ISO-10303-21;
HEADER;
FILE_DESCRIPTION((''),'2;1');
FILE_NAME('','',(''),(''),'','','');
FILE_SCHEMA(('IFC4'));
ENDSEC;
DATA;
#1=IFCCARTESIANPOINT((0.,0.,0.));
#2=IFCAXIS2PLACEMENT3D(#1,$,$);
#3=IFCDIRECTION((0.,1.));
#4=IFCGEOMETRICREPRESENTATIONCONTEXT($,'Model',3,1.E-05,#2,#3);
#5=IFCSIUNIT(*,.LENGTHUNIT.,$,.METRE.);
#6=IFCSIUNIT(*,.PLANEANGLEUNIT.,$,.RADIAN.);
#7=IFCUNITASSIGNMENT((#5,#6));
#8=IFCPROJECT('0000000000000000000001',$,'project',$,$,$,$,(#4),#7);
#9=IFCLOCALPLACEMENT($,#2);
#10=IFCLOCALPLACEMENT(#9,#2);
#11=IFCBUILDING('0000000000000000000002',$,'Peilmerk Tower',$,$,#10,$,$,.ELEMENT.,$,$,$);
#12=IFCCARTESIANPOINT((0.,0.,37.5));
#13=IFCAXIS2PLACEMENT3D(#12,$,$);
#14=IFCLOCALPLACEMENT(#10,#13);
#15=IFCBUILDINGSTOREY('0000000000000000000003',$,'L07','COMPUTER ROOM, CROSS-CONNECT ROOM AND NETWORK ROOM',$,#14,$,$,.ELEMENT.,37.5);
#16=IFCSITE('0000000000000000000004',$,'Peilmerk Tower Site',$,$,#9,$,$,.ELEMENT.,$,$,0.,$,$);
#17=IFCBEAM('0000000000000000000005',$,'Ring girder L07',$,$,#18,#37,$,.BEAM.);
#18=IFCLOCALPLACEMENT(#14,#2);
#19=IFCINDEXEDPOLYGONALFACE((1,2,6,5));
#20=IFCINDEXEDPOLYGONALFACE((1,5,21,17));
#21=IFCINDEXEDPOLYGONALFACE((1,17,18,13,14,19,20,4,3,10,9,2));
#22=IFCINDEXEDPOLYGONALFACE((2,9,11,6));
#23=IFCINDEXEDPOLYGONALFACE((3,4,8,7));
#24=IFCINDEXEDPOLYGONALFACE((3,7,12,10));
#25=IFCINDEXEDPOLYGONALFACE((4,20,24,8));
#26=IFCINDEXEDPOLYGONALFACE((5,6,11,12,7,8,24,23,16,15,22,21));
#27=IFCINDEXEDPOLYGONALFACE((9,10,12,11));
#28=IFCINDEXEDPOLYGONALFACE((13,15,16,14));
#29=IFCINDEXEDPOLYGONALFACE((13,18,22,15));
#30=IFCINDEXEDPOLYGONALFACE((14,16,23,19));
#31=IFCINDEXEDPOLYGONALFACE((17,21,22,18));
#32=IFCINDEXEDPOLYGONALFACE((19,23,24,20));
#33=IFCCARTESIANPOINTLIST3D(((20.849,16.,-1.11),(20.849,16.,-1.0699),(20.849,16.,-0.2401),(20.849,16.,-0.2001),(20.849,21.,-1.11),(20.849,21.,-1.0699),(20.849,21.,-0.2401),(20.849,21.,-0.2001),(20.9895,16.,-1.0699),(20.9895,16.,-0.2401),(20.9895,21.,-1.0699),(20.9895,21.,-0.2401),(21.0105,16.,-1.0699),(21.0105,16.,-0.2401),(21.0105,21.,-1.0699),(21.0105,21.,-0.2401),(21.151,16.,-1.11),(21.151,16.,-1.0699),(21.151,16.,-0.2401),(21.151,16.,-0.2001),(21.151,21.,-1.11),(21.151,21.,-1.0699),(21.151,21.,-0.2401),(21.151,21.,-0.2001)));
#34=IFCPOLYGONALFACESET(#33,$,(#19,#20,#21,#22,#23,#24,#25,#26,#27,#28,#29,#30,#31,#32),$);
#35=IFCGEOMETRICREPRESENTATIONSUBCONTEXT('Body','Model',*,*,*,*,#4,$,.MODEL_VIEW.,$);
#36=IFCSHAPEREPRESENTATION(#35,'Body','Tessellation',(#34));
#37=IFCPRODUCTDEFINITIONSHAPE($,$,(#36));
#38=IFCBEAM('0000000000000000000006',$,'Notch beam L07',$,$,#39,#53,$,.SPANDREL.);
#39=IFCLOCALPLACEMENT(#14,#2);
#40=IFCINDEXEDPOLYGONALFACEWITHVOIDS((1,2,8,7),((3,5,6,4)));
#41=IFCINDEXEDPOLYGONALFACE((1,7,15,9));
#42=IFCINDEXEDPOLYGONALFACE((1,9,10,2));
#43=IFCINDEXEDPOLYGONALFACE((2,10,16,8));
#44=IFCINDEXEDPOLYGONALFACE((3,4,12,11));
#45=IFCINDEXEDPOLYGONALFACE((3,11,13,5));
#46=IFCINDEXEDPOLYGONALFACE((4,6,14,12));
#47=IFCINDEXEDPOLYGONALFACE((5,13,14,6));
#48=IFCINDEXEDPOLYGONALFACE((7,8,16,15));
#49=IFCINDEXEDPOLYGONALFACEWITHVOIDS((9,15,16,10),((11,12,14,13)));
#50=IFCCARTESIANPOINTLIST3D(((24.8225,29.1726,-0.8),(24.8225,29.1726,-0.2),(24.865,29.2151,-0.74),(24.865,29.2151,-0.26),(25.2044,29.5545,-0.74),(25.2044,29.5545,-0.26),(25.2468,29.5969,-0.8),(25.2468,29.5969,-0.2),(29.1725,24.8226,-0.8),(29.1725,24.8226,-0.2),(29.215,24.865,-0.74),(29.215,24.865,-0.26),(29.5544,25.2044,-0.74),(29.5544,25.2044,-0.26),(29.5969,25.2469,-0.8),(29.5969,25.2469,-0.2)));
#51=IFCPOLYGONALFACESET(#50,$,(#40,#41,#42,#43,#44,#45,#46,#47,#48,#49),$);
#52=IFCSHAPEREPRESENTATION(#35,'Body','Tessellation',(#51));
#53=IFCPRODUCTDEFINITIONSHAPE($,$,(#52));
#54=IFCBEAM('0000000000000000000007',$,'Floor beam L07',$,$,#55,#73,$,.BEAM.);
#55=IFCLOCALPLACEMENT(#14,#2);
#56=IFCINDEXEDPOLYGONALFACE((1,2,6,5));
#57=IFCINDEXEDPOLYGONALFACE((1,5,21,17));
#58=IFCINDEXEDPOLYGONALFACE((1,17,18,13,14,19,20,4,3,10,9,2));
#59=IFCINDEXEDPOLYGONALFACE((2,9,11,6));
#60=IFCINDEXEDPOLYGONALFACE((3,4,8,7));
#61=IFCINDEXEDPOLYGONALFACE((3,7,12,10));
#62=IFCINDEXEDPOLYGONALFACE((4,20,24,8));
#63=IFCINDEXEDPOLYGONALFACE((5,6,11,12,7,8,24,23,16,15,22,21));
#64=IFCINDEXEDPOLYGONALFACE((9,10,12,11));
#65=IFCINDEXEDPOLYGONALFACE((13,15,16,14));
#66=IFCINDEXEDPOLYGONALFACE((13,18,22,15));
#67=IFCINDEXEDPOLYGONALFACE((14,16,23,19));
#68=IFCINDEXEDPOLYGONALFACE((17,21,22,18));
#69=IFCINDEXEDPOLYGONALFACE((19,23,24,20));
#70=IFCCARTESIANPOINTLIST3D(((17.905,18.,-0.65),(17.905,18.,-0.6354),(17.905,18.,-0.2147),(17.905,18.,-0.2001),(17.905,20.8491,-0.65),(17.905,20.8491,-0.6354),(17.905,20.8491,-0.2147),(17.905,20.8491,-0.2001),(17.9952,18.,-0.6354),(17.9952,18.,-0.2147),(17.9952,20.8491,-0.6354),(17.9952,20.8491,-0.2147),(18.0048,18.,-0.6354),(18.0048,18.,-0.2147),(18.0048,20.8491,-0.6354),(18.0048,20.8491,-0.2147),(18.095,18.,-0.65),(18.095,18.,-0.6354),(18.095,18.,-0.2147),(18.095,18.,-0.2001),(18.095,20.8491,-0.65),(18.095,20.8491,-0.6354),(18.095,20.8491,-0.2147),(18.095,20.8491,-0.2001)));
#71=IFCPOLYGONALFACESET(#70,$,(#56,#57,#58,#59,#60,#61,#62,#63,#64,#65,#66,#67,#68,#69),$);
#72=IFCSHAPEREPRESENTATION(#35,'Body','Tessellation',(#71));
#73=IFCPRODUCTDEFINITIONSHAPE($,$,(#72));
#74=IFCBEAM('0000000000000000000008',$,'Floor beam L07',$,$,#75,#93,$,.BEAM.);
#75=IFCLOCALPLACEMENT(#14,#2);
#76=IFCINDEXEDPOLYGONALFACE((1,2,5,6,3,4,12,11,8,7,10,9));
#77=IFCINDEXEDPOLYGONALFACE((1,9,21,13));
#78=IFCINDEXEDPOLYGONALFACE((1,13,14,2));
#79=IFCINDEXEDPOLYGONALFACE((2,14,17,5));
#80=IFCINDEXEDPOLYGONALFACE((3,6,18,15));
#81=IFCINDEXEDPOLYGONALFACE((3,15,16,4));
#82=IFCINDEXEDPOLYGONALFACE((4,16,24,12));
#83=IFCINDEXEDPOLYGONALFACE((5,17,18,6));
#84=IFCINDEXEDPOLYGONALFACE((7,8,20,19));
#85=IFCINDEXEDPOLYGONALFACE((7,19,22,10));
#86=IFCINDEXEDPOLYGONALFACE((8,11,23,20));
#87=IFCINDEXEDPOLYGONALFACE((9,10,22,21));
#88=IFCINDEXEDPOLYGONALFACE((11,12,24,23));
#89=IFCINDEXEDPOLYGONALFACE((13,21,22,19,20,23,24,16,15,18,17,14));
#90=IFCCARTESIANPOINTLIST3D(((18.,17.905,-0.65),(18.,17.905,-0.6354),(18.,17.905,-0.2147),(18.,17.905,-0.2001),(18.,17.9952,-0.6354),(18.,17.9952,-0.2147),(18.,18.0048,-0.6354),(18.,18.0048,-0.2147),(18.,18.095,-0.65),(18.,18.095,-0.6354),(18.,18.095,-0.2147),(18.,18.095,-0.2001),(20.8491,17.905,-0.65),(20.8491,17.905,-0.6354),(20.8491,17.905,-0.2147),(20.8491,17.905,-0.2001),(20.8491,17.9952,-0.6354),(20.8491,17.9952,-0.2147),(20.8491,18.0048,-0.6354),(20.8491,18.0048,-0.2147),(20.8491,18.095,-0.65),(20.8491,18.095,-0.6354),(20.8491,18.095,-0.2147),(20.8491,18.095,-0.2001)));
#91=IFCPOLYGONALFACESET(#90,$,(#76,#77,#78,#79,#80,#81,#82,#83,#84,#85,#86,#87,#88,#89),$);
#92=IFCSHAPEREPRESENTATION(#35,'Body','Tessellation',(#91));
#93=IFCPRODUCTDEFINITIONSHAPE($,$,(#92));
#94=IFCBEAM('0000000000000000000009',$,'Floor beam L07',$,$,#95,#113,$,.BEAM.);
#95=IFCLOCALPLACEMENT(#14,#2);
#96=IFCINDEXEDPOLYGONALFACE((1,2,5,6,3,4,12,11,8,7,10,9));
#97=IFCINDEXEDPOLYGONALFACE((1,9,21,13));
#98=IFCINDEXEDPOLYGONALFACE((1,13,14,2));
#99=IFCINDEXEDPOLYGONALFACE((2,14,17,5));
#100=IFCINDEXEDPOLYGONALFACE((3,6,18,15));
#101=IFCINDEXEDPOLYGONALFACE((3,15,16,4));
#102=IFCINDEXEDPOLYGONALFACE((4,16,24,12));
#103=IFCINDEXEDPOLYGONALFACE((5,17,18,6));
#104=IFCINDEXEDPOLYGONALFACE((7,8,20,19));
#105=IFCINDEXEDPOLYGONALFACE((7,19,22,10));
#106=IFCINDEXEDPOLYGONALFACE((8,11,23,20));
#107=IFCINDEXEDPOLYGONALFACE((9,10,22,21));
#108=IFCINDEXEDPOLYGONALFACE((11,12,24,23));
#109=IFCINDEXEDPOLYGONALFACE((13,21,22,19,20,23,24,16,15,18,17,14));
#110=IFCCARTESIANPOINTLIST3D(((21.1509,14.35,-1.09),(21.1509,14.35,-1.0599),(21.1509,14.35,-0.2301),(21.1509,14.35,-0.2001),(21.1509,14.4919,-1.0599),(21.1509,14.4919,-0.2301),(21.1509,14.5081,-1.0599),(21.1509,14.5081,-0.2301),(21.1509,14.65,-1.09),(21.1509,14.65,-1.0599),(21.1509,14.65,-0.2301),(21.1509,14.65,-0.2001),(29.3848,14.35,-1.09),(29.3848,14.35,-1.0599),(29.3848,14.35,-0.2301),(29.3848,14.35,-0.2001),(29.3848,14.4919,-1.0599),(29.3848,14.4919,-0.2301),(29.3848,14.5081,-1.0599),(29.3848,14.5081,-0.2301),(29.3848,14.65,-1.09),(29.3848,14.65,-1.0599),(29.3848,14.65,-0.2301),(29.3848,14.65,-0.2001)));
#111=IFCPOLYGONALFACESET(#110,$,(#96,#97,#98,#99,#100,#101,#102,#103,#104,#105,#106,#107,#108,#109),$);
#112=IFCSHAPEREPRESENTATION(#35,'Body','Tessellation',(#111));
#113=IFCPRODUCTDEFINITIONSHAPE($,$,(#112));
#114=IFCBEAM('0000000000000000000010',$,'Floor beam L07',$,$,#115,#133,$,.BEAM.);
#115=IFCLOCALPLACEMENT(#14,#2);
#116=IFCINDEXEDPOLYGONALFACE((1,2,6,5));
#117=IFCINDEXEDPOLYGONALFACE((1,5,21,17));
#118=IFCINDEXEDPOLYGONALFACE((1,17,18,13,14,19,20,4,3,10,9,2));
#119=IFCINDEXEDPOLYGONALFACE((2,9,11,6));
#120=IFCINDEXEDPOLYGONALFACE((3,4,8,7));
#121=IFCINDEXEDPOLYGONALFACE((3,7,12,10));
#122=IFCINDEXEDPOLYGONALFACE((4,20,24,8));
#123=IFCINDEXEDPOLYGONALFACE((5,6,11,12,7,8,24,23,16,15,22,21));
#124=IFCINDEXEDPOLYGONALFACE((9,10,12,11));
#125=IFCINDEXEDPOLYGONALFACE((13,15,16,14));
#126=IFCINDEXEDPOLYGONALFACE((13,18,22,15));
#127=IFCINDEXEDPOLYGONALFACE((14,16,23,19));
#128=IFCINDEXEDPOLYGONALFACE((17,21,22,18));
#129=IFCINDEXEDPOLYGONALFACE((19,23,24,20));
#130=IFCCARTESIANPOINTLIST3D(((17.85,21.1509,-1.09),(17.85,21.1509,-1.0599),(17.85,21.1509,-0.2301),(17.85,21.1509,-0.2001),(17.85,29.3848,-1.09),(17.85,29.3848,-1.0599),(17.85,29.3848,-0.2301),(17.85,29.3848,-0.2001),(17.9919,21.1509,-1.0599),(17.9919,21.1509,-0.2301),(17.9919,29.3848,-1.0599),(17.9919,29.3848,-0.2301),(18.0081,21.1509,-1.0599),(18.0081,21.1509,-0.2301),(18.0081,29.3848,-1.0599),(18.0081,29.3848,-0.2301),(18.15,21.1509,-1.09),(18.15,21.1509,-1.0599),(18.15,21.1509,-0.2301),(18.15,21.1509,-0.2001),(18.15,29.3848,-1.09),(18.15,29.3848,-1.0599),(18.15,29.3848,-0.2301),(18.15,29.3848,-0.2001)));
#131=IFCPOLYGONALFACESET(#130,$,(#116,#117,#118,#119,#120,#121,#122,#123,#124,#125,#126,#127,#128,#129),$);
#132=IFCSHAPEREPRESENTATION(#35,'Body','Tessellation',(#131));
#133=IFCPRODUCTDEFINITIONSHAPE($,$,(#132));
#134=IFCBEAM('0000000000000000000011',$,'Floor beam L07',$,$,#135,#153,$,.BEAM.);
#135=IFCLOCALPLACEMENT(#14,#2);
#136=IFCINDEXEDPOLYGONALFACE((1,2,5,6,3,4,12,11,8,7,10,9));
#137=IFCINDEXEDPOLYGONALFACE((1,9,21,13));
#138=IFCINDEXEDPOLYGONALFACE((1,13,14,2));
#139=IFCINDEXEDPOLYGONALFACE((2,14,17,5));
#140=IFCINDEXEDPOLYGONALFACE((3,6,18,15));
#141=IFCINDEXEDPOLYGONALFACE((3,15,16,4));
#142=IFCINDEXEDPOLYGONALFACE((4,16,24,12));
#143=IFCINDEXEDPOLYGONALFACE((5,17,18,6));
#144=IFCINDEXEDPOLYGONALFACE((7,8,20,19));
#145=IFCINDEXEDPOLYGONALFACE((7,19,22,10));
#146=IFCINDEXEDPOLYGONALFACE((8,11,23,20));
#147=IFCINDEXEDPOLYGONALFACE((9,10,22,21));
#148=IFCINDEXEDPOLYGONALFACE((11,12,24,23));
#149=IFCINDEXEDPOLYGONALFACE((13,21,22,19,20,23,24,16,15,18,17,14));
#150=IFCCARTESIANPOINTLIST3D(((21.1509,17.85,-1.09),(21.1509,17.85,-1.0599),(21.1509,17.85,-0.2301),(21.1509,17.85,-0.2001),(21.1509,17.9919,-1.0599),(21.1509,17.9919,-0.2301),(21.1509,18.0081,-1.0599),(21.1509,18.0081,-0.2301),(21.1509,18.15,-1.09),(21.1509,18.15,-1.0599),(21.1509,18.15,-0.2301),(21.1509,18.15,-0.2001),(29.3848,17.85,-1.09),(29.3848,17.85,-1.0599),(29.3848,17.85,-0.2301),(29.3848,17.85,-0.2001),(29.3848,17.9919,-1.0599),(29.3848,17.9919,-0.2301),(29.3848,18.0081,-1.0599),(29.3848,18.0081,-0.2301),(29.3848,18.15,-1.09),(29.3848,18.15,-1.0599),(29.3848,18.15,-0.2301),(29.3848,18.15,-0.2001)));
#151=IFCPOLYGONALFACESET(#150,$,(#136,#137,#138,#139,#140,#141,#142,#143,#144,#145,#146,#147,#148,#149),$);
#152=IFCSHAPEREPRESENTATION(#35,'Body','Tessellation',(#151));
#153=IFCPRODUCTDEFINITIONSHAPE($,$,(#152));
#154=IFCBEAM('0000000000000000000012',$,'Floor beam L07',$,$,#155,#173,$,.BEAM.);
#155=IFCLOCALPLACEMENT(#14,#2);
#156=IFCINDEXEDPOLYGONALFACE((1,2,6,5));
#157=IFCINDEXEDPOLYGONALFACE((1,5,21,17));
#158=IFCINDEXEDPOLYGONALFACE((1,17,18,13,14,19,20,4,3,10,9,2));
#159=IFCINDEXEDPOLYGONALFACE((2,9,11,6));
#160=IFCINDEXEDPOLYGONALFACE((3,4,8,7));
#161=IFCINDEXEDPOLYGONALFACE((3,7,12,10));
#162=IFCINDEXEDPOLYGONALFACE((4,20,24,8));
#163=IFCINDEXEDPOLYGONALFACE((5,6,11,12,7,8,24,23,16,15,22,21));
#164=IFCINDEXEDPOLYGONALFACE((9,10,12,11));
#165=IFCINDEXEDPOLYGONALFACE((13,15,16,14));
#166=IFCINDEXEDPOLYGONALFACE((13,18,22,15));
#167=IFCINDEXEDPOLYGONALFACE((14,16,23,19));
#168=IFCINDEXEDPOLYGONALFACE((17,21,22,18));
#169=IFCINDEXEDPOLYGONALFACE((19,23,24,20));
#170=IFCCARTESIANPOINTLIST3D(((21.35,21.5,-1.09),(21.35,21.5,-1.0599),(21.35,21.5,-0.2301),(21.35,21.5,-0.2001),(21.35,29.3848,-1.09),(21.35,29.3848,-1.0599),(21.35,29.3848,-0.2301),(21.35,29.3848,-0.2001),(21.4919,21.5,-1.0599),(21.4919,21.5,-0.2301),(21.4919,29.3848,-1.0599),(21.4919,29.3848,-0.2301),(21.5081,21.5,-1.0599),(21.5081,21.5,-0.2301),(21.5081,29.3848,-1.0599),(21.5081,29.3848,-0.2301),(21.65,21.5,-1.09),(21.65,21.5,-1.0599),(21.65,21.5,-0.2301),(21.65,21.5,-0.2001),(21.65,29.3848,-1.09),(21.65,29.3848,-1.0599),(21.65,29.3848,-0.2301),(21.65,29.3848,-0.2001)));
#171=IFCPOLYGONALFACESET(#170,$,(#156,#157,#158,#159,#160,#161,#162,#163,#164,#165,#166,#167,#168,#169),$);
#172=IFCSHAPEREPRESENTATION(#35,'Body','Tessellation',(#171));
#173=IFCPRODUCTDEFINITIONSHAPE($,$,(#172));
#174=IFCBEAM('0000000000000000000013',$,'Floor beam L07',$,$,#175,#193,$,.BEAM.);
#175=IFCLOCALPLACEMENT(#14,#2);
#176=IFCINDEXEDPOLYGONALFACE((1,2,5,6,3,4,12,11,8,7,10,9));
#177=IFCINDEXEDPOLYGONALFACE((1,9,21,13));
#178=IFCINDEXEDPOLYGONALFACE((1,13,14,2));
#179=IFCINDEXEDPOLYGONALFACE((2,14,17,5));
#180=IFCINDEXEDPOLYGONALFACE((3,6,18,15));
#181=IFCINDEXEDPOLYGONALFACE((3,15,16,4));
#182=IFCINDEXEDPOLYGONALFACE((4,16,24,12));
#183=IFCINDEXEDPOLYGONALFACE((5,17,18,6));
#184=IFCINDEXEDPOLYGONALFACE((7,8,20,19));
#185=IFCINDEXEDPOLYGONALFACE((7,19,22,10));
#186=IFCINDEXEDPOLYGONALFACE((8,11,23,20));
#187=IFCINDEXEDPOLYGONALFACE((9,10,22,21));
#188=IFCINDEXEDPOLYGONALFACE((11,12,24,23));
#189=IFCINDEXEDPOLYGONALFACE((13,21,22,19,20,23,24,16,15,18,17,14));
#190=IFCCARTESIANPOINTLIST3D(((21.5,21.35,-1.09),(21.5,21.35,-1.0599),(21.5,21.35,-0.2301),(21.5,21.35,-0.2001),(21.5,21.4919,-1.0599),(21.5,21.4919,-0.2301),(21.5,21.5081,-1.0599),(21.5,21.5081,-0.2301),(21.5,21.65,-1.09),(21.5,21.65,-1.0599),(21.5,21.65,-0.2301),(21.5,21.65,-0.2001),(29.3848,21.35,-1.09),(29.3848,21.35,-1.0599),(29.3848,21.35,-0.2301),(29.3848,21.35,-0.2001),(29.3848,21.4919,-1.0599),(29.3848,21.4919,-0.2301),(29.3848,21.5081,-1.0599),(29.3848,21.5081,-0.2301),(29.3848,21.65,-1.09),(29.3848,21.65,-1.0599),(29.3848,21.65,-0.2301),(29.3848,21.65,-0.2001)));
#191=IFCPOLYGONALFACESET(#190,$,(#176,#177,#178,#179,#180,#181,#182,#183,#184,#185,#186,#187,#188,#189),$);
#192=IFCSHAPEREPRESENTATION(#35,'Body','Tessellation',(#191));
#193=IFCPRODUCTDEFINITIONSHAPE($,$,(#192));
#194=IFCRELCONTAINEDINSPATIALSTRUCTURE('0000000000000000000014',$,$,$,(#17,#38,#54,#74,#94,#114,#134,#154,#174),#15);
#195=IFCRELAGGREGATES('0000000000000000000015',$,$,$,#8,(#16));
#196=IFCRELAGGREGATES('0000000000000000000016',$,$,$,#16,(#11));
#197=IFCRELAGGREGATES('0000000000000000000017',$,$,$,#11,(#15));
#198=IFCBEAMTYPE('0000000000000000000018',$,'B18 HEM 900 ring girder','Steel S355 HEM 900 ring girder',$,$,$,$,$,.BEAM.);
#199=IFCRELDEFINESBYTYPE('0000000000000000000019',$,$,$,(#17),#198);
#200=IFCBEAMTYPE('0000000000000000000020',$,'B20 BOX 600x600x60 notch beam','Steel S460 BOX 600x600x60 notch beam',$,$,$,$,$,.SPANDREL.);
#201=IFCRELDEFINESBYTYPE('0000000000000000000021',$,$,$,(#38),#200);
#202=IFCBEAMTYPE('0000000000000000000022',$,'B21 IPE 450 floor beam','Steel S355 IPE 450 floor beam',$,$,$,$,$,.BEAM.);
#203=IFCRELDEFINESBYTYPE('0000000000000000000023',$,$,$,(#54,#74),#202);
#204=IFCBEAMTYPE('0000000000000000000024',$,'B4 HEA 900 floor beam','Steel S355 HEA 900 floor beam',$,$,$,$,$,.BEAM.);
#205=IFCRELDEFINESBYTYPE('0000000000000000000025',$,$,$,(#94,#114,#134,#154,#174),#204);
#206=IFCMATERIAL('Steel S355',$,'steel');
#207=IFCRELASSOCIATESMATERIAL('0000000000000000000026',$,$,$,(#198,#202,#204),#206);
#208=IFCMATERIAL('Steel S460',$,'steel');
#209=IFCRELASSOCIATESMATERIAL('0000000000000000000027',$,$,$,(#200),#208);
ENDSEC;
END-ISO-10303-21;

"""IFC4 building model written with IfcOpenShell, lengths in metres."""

from ifc_helpers import new_model, si_unit, direction, frame, origin, origin_2d, place, context, subcontext, project, spatial, hollow_rectangle, i_section, extrude, material, material_profile, profile_set, type_object, element, save


model = new_model("IFC4")

# Units and contexts
model_context = context("Model", 3, precision=1e-05, world=origin(), true_north=direction((0.0, 1.0)))
body_context = subcontext(model_context, "Body", "Model", "MODEL_VIEW")
ifc_project = project(units=[si_unit("LENGTHUNIT", "METRE"), si_unit("PLANEANGLEUNIT", "RADIAN")], contexts=[model_context])

# Site, building, storey
site_placement = place(None, origin())
site = spatial("IfcSite", under=ifc_project, at=site_placement, Name="Peilmerk Tower Site", CompositionType="ELEMENT", RefElevation=0.0)
building_placement = place(site_placement, origin())
building = spatial("IfcBuilding", under=site, at=building_placement, Name="Peilmerk Tower", CompositionType="ELEMENT")
storey_placement = place(building_placement, frame((0.0, 0.0, 37.5)))
storey = spatial("IfcBuildingStorey", under=building, at=storey_placement, Name="L07", Description="COMPUTER ROOM, CROSS-CONNECT ROOM AND NETWORK ROOM", CompositionType="ELEMENT", Elevation=37.5)

# Beams
ifc_material_1 = material(Name="Steel S355", Category="steel")
ifc_material_2 = material(Name="Steel S460", Category="steel")
ifc_material_profile_1 = material_profile(ifc_material_1, i_section(OverallWidth=0.302, OverallDepth=0.9099, WebThickness=0.021, FlangeThickness=0.04, at=origin_2d()), Name="HEM 900")
ifc_profile_set_1 = profile_set([ifc_material_profile_1], Name="Steel S355")
beam_type_1 = type_object("IfcBeamType", Name="B18 HEM 900 ring girder", Description="Steel S355 HEM 900 ring girder", PredefinedType="BEAM", material=ifc_profile_set_1)
for number, where, z_axis, x_axis, name in (
    (1, (21.0, 16.0, -0.655), (0.0, 1.0, 0.0), (-1.0, 0.0, 0.0), "Ring girder L07"),
):
    element("IfcBeam", number, at=place(storey_placement, frame(where, z_axis=z_axis, x_axis=x_axis)), inside=storey, type_object=beam_type_1, Name=name, PredefinedType="BEAM", context=body_context, shape_type="SweptSolid", body=[
        extrude(i_section(OverallWidth=0.302, OverallDepth=0.9099, WebThickness=0.021, FlangeThickness=0.04, at=origin_2d()), origin(), (0.0, 0.0, 1.0), 5.0),
    ])
ifc_material_profile_2 = material_profile(ifc_material_2, hollow_rectangle(XDim=0.6001, YDim=0.6001, WallThickness=0.0601, at=origin_2d()), Name="BOX 600x600x60")
ifc_profile_set_2 = profile_set([ifc_material_profile_2], Name="Steel S460")
beam_type_2 = type_object("IfcBeamType", Name="B20 BOX 600x600x60 notch beam", Description="Steel S460 BOX 600x600x60 notch beam", PredefinedType="SPANDREL", material=ifc_profile_set_2)
beam_1_placement = place(storey_placement, frame((25.0347, 29.3848, -0.5), z_axis=(0.707107, -0.707107, 0.0), x_axis=(0.707107, 0.707107, 0.0)))
element("IfcBeam", 2, at=beam_1_placement, inside=storey, type_object=beam_type_2, Name="Notch beam L07", PredefinedType="SPANDREL", context=body_context, shape_type="SweptSolid", body=[
    extrude(hollow_rectangle(XDim=0.6001, YDim=0.6001, WallThickness=0.0601, at=origin_2d()), origin(), (0.0, 0.0, 1.0), 6.1519),
])
ifc_material_profile_3 = material_profile(ifc_material_1, i_section(OverallWidth=0.1899, OverallDepth=0.45, WebThickness=0.0095, FlangeThickness=0.0146, at=origin_2d()), Name="IPE 450")
ifc_profile_set_3 = profile_set([ifc_material_profile_3], Name="Steel S355")
beam_type_3 = type_object("IfcBeamType", Name="B21 IPE 450 floor beam", Description="Steel S355 IPE 450 floor beam", PredefinedType="BEAM", material=ifc_profile_set_3)
for number, where, z_axis, x_axis, name in (
    (3, (18.0, 18.0, -0.425), (0.0, 1.0, 0.0), (-1.0, 0.0, 0.0), "Floor beam L07"),
    (4, (18.0, 18.0, -0.425), (1.0, 0.0, 0.0), (0.0, 1.0, 0.0), "Floor beam L07"),
):
    element("IfcBeam", number, at=place(storey_placement, frame(where, z_axis=z_axis, x_axis=x_axis)), inside=storey, type_object=beam_type_3, Name=name, PredefinedType="BEAM", context=body_context, shape_type="SweptSolid", body=[
        extrude(i_section(OverallWidth=0.1899, OverallDepth=0.45, WebThickness=0.0095, FlangeThickness=0.0146, at=origin_2d()), origin(), (0.0, 0.0, 1.0), 2.8491),
    ])
ifc_material_profile_4 = material_profile(ifc_material_1, i_section(OverallWidth=0.3, OverallDepth=0.8899, WebThickness=0.0161, FlangeThickness=0.03, at=origin_2d()), Name="HEA 900")
ifc_profile_set_4 = profile_set([ifc_material_profile_4], Name="Steel S355")
beam_type_4 = type_object("IfcBeamType", Name="B4 HEA 900 floor beam", Description="Steel S355 HEA 900 floor beam", PredefinedType="BEAM", material=ifc_profile_set_4)
for number, where, z_axis, x_axis, name in (
    (5, (21.1509, 14.5, -0.645), (1.0, 0.0, 0.0), (0.0, 1.0, 0.0), "Floor beam L07"),
    (6, (18.0, 21.1509, -0.645), (0.0, 1.0, 0.0), (-1.0, 0.0, 0.0), "Floor beam L07"),
    (7, (21.1509, 18.0, -0.645), (1.0, 0.0, 0.0), (0.0, 1.0, 0.0), "Floor beam L07"),
):
    element("IfcBeam", number, at=place(storey_placement, frame(where, z_axis=z_axis, x_axis=x_axis)), inside=storey, type_object=beam_type_4, Name=name, PredefinedType="BEAM", context=body_context, shape_type="SweptSolid", body=[
        extrude(i_section(OverallWidth=0.3, OverallDepth=0.8899, WebThickness=0.0161, FlangeThickness=0.03, at=origin_2d()), origin(), (0.0, 0.0, 1.0), 8.2339),
    ])
for number, where, z_axis, x_axis, name in (
    (8, (21.5, 21.5, -0.645), (0.0, 1.0, 0.0), (-1.0, 0.0, 0.0), "Floor beam L07"),
    (9, (21.5, 21.5, -0.645), (1.0, 0.0, 0.0), (0.0, 1.0, 0.0), "Floor beam L07"),
):
    element("IfcBeam", number, at=place(storey_placement, frame(where, z_axis=z_axis, x_axis=x_axis)), inside=storey, type_object=beam_type_4, Name=name, PredefinedType="BEAM", context=body_context, shape_type="SweptSolid", body=[
        extrude(i_section(OverallWidth=0.3, OverallDepth=0.8899, WebThickness=0.0161, FlangeThickness=0.03, at=origin_2d()), origin(), (0.0, 0.0, 1.0), 7.8848),
    ])

save(model, "model.ifc")
